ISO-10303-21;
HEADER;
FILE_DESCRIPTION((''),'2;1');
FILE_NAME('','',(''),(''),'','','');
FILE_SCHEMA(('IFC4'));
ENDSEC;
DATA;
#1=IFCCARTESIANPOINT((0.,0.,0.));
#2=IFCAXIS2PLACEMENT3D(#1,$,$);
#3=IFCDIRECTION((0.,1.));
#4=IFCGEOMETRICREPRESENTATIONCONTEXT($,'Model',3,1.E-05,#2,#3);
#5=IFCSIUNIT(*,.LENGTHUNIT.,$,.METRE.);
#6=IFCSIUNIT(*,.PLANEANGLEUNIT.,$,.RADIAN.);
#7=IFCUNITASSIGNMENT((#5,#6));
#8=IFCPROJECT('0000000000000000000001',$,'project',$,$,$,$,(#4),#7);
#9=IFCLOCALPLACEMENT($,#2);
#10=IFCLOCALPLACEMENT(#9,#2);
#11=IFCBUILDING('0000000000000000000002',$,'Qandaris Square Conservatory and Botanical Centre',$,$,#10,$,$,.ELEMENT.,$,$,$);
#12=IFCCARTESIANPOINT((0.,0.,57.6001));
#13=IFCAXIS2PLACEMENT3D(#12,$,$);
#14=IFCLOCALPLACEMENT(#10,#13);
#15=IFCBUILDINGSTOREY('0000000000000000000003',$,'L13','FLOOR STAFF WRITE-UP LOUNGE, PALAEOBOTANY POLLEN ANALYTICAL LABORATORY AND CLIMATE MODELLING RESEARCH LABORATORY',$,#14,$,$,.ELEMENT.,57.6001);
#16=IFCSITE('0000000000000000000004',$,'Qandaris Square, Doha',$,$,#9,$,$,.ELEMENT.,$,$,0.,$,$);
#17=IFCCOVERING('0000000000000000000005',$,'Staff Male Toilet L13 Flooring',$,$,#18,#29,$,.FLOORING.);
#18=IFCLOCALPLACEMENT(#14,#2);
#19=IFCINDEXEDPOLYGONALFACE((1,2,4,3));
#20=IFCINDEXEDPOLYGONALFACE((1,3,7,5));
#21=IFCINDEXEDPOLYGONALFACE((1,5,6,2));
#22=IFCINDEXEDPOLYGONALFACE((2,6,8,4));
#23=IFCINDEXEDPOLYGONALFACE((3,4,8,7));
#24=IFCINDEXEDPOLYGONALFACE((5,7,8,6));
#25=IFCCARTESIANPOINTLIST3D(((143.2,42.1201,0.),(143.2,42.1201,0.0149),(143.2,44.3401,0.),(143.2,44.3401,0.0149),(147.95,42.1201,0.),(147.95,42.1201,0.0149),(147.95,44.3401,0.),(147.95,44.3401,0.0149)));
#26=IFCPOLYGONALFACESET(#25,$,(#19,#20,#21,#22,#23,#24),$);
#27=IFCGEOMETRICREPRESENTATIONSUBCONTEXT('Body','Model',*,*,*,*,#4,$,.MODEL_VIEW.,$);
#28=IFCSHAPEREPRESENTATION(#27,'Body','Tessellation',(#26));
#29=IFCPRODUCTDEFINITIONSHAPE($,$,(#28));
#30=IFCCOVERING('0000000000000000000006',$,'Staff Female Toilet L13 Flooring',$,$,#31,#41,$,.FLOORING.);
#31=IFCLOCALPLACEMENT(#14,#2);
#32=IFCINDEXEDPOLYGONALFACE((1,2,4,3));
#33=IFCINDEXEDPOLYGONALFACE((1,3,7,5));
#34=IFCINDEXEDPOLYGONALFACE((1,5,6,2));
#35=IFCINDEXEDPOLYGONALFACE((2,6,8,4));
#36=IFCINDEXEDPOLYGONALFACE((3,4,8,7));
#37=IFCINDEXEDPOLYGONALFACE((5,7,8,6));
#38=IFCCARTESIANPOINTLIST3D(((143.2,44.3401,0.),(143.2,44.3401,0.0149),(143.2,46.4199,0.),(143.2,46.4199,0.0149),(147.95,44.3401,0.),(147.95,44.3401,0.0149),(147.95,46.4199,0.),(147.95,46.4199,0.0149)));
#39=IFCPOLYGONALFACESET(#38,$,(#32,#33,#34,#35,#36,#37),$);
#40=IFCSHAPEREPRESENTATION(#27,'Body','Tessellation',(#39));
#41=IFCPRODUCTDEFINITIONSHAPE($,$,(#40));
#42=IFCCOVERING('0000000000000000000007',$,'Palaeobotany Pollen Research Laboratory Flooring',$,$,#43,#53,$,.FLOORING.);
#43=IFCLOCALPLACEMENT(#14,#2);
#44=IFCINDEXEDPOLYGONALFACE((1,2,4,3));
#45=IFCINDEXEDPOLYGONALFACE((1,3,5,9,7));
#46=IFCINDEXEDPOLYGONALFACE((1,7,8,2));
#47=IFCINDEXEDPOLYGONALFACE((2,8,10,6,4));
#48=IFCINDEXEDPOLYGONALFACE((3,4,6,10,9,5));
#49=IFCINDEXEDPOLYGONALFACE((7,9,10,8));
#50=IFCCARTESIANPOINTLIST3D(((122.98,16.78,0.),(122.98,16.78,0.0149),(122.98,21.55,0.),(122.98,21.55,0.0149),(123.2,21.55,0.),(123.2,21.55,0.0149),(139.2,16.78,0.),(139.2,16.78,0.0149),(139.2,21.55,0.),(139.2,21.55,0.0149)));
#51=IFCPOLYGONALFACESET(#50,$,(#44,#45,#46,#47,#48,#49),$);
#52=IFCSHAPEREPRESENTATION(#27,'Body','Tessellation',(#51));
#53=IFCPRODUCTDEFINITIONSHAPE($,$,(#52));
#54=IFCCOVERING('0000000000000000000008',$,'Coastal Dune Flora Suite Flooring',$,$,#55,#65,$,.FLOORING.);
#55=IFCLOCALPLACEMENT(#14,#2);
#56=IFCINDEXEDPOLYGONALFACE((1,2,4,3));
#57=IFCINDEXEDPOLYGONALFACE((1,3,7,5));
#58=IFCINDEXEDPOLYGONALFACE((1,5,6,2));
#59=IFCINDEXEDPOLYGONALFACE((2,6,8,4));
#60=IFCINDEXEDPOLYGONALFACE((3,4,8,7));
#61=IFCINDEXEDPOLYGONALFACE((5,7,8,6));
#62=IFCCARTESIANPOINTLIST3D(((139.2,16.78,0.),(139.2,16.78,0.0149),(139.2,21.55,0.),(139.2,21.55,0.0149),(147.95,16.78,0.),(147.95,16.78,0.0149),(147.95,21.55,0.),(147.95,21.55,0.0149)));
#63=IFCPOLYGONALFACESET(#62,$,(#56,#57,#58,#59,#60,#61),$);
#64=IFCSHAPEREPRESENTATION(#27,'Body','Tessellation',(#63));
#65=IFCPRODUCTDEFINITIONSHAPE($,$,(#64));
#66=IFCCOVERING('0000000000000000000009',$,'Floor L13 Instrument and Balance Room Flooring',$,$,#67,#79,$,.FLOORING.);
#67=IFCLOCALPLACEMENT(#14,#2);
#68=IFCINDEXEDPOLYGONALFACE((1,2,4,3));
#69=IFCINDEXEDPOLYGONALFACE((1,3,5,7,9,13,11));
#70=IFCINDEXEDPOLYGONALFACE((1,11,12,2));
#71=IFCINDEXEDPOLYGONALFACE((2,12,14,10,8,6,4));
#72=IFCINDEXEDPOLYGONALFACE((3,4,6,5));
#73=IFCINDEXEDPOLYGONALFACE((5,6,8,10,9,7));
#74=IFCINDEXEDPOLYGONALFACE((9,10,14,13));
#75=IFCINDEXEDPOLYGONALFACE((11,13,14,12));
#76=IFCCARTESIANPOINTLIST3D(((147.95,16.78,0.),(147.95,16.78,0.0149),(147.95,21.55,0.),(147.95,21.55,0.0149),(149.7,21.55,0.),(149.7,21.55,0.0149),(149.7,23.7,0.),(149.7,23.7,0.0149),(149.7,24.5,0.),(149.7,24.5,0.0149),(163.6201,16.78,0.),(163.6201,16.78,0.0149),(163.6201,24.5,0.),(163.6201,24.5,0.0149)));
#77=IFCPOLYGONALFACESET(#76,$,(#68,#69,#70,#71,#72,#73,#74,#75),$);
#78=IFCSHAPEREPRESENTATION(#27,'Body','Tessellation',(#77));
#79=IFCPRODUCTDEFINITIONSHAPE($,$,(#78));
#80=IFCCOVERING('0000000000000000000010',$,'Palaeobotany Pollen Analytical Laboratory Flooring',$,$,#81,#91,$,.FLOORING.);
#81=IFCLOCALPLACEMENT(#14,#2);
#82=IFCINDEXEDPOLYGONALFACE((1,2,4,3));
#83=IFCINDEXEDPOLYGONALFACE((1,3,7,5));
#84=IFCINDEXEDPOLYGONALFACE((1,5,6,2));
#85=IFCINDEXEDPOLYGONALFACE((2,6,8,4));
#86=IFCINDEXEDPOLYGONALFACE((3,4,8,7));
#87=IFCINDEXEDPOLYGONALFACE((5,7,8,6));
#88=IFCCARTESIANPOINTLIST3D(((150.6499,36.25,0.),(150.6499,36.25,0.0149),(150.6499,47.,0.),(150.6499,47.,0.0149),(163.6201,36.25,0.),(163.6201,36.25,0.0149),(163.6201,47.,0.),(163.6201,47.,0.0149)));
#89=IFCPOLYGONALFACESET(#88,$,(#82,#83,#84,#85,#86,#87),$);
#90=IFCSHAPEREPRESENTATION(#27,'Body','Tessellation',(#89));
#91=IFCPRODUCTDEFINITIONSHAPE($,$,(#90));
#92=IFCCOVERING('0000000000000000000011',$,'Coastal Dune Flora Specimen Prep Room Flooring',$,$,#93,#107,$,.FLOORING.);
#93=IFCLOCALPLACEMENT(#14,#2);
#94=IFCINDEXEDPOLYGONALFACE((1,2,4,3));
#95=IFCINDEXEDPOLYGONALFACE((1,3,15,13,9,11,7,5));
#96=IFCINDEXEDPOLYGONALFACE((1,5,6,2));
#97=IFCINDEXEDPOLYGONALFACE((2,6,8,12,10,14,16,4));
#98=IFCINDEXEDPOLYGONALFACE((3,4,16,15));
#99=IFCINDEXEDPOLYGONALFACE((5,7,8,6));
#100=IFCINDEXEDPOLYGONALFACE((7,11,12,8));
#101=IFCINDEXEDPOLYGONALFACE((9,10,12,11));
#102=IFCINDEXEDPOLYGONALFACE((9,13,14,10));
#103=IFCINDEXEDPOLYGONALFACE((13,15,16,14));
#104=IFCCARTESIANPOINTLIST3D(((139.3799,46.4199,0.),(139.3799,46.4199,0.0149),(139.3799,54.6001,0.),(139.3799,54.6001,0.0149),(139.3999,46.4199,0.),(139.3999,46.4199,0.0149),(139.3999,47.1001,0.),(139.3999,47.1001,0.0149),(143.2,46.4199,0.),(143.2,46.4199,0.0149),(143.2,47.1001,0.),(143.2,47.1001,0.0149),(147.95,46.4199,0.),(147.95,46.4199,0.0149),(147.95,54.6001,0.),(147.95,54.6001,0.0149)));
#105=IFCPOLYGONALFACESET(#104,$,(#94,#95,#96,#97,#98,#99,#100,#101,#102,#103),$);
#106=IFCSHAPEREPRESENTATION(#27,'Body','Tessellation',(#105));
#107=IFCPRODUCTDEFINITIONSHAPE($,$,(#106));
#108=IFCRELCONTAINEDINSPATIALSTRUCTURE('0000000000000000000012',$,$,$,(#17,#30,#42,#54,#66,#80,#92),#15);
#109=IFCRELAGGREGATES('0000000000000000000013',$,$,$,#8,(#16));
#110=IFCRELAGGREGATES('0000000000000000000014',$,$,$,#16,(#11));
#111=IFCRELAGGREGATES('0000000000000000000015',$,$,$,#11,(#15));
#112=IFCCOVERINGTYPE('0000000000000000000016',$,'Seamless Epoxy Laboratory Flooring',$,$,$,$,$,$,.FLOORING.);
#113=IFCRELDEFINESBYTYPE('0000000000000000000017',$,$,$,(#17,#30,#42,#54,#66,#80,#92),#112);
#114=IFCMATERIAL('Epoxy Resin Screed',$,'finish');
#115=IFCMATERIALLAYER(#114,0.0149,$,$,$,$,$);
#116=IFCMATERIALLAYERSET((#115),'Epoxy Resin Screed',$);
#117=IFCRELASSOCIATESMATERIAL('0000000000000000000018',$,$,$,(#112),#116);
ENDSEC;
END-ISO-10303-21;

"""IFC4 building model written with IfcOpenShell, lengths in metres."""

from ifc_helpers import new_model, si_unit, direction, frame, origin, place, context, subcontext, project, spatial, polyline, outline, extrude, material, layer, layer_set, type_object, element, save


model = new_model("IFC4")

# Units and contexts
model_context = context("Model", 3, precision=1e-05, world=origin(), true_north=direction((0.0, 1.0)))
body_context = subcontext(model_context, "Body", "Model", "MODEL_VIEW")
ifc_project = project(units=[si_unit("LENGTHUNIT", "METRE"), si_unit("PLANEANGLEUNIT", "RADIAN")], contexts=[model_context])

# Site, building, storey
site_placement = place(None, origin())
site = spatial("IfcSite", under=ifc_project, at=site_placement, Name="Qandaris Square, Doha", CompositionType="ELEMENT", RefElevation=0.0)
building_placement = place(site_placement, origin())
building = spatial("IfcBuilding", under=site, at=building_placement, Name="Qandaris Square Conservatory and Botanical Centre", CompositionType="ELEMENT")
storey_placement = place(building_placement, frame((0.0, 0.0, 57.6001)))
storey = spatial("IfcBuildingStorey", under=building, at=storey_placement, Name="L13", Description="FLOOR STAFF WRITE-UP LOUNGE, PALAEOBOTANY POLLEN ANALYTICAL LABORATORY AND CLIMATE MODELLING RESEARCH LABORATORY", CompositionType="ELEMENT", Elevation=57.6001)

# Coverings
ifc_material_1 = material(Name="Epoxy Resin Screed", Category="finish")
ifc_layer_1 = layer(ifc_material_1, 0.0149)
ifc_layer_set_1 = layer_set([ifc_layer_1], Name="Epoxy Resin Screed")
covering_type_1 = type_object("IfcCoveringType", Name="Seamless Epoxy Laboratory Flooring", PredefinedType="FLOORING", material=ifc_layer_set_1)
covering_1_placement = place(storey_placement, origin())
element("IfcCovering", 1, at=covering_1_placement, inside=storey, type_object=covering_type_1, Name="Staff Male Toilet L13 Flooring", PredefinedType="FLOORING", context=body_context, shape_type="SweptSolid", body=[
    extrude(outline(polyline([(147.95, 44.3401), (147.95, 42.1201), (143.2, 42.1201), (143.2, 44.3401), (147.95, 44.3401)])), origin(), (0.0, 0.0, 1.0), 0.0149),
])
covering_2_placement = place(storey_placement, origin())
element("IfcCovering", 2, at=covering_2_placement, inside=storey, type_object=covering_type_1, Name="Staff Female Toilet L13 Flooring", PredefinedType="FLOORING", context=body_context, shape_type="SweptSolid", body=[
    extrude(outline(polyline([(147.95, 46.4199), (147.95, 44.3401), (143.2, 44.3401), (143.2, 46.4199), (147.95, 46.4199)])), origin(), (0.0, 0.0, 1.0), 0.0149),
])
covering_3_placement = place(storey_placement, origin())
element("IfcCovering", 3, at=covering_3_placement, inside=storey, type_object=covering_type_1, Name="Palaeobotany Pollen Research Laboratory Flooring", PredefinedType="FLOORING", context=body_context, shape_type="SweptSolid", body=[
    extrude(outline(polyline([(123.2, 21.55), (139.2, 21.55), (139.2, 16.78), (122.98, 16.78), (122.98, 21.55), (123.2, 21.55)])), origin(), (0.0, 0.0, 1.0), 0.0149),
])
covering_4_placement = place(storey_placement, origin())
element("IfcCovering", 4, at=covering_4_placement, inside=storey, type_object=covering_type_1, Name="Coastal Dune Flora Suite Flooring", PredefinedType="FLOORING", context=body_context, shape_type="SweptSolid", body=[
    extrude(outline(polyline([(147.95, 21.55), (147.95, 16.78), (139.2, 16.78), (139.2, 21.55), (147.95, 21.55)])), origin(), (0.0, 0.0, 1.0), 0.0149),
])
covering_5_placement = place(storey_placement, origin())
element("IfcCovering", 5, at=covering_5_placement, inside=storey, type_object=covering_type_1, Name="Floor L13 Instrument and Balance Room Flooring", PredefinedType="FLOORING", context=body_context, shape_type="SweptSolid", body=[
    extrude(outline(polyline([(147.95, 21.55), (149.7, 21.55), (149.7, 23.7), (149.7, 24.5), (163.6201, 24.5), (163.6201, 16.78), (147.95, 16.78), (147.95, 21.55)])), origin(), (0.0, 0.0, 1.0), 0.0149),
])
covering_6_placement = place(storey_placement, origin())
element("IfcCovering", 6, at=covering_6_placement, inside=storey, type_object=covering_type_1, Name="Palaeobotany Pollen Analytical Laboratory Flooring", PredefinedType="FLOORING", context=body_context, shape_type="SweptSolid", body=[
    extrude(outline(polyline([(150.6499, 47.0), (163.6201, 47.0), (163.6201, 36.25), (150.6499, 36.25), (150.6499, 47.0)])), origin(), (0.0, 0.0, 1.0), 0.0149),
])
covering_7_placement = place(storey_placement, origin())
element("IfcCovering", 7, at=covering_7_placement, inside=storey, type_object=covering_type_1, Name="Coastal Dune Flora Specimen Prep Room Flooring", PredefinedType="FLOORING", context=body_context, shape_type="SweptSolid", body=[
    extrude(outline(polyline([(147.95, 46.4199), (143.2, 46.4199), (143.2, 47.1001), (139.3999, 47.1001), (139.3999, 46.4199), (139.3799, 46.4199), (139.3799, 54.6001), (147.95, 54.6001), (147.95, 46.4199)])), origin(), (0.0, 0.0, 1.0), 0.0149),
])

save(model, "model.ifc")
